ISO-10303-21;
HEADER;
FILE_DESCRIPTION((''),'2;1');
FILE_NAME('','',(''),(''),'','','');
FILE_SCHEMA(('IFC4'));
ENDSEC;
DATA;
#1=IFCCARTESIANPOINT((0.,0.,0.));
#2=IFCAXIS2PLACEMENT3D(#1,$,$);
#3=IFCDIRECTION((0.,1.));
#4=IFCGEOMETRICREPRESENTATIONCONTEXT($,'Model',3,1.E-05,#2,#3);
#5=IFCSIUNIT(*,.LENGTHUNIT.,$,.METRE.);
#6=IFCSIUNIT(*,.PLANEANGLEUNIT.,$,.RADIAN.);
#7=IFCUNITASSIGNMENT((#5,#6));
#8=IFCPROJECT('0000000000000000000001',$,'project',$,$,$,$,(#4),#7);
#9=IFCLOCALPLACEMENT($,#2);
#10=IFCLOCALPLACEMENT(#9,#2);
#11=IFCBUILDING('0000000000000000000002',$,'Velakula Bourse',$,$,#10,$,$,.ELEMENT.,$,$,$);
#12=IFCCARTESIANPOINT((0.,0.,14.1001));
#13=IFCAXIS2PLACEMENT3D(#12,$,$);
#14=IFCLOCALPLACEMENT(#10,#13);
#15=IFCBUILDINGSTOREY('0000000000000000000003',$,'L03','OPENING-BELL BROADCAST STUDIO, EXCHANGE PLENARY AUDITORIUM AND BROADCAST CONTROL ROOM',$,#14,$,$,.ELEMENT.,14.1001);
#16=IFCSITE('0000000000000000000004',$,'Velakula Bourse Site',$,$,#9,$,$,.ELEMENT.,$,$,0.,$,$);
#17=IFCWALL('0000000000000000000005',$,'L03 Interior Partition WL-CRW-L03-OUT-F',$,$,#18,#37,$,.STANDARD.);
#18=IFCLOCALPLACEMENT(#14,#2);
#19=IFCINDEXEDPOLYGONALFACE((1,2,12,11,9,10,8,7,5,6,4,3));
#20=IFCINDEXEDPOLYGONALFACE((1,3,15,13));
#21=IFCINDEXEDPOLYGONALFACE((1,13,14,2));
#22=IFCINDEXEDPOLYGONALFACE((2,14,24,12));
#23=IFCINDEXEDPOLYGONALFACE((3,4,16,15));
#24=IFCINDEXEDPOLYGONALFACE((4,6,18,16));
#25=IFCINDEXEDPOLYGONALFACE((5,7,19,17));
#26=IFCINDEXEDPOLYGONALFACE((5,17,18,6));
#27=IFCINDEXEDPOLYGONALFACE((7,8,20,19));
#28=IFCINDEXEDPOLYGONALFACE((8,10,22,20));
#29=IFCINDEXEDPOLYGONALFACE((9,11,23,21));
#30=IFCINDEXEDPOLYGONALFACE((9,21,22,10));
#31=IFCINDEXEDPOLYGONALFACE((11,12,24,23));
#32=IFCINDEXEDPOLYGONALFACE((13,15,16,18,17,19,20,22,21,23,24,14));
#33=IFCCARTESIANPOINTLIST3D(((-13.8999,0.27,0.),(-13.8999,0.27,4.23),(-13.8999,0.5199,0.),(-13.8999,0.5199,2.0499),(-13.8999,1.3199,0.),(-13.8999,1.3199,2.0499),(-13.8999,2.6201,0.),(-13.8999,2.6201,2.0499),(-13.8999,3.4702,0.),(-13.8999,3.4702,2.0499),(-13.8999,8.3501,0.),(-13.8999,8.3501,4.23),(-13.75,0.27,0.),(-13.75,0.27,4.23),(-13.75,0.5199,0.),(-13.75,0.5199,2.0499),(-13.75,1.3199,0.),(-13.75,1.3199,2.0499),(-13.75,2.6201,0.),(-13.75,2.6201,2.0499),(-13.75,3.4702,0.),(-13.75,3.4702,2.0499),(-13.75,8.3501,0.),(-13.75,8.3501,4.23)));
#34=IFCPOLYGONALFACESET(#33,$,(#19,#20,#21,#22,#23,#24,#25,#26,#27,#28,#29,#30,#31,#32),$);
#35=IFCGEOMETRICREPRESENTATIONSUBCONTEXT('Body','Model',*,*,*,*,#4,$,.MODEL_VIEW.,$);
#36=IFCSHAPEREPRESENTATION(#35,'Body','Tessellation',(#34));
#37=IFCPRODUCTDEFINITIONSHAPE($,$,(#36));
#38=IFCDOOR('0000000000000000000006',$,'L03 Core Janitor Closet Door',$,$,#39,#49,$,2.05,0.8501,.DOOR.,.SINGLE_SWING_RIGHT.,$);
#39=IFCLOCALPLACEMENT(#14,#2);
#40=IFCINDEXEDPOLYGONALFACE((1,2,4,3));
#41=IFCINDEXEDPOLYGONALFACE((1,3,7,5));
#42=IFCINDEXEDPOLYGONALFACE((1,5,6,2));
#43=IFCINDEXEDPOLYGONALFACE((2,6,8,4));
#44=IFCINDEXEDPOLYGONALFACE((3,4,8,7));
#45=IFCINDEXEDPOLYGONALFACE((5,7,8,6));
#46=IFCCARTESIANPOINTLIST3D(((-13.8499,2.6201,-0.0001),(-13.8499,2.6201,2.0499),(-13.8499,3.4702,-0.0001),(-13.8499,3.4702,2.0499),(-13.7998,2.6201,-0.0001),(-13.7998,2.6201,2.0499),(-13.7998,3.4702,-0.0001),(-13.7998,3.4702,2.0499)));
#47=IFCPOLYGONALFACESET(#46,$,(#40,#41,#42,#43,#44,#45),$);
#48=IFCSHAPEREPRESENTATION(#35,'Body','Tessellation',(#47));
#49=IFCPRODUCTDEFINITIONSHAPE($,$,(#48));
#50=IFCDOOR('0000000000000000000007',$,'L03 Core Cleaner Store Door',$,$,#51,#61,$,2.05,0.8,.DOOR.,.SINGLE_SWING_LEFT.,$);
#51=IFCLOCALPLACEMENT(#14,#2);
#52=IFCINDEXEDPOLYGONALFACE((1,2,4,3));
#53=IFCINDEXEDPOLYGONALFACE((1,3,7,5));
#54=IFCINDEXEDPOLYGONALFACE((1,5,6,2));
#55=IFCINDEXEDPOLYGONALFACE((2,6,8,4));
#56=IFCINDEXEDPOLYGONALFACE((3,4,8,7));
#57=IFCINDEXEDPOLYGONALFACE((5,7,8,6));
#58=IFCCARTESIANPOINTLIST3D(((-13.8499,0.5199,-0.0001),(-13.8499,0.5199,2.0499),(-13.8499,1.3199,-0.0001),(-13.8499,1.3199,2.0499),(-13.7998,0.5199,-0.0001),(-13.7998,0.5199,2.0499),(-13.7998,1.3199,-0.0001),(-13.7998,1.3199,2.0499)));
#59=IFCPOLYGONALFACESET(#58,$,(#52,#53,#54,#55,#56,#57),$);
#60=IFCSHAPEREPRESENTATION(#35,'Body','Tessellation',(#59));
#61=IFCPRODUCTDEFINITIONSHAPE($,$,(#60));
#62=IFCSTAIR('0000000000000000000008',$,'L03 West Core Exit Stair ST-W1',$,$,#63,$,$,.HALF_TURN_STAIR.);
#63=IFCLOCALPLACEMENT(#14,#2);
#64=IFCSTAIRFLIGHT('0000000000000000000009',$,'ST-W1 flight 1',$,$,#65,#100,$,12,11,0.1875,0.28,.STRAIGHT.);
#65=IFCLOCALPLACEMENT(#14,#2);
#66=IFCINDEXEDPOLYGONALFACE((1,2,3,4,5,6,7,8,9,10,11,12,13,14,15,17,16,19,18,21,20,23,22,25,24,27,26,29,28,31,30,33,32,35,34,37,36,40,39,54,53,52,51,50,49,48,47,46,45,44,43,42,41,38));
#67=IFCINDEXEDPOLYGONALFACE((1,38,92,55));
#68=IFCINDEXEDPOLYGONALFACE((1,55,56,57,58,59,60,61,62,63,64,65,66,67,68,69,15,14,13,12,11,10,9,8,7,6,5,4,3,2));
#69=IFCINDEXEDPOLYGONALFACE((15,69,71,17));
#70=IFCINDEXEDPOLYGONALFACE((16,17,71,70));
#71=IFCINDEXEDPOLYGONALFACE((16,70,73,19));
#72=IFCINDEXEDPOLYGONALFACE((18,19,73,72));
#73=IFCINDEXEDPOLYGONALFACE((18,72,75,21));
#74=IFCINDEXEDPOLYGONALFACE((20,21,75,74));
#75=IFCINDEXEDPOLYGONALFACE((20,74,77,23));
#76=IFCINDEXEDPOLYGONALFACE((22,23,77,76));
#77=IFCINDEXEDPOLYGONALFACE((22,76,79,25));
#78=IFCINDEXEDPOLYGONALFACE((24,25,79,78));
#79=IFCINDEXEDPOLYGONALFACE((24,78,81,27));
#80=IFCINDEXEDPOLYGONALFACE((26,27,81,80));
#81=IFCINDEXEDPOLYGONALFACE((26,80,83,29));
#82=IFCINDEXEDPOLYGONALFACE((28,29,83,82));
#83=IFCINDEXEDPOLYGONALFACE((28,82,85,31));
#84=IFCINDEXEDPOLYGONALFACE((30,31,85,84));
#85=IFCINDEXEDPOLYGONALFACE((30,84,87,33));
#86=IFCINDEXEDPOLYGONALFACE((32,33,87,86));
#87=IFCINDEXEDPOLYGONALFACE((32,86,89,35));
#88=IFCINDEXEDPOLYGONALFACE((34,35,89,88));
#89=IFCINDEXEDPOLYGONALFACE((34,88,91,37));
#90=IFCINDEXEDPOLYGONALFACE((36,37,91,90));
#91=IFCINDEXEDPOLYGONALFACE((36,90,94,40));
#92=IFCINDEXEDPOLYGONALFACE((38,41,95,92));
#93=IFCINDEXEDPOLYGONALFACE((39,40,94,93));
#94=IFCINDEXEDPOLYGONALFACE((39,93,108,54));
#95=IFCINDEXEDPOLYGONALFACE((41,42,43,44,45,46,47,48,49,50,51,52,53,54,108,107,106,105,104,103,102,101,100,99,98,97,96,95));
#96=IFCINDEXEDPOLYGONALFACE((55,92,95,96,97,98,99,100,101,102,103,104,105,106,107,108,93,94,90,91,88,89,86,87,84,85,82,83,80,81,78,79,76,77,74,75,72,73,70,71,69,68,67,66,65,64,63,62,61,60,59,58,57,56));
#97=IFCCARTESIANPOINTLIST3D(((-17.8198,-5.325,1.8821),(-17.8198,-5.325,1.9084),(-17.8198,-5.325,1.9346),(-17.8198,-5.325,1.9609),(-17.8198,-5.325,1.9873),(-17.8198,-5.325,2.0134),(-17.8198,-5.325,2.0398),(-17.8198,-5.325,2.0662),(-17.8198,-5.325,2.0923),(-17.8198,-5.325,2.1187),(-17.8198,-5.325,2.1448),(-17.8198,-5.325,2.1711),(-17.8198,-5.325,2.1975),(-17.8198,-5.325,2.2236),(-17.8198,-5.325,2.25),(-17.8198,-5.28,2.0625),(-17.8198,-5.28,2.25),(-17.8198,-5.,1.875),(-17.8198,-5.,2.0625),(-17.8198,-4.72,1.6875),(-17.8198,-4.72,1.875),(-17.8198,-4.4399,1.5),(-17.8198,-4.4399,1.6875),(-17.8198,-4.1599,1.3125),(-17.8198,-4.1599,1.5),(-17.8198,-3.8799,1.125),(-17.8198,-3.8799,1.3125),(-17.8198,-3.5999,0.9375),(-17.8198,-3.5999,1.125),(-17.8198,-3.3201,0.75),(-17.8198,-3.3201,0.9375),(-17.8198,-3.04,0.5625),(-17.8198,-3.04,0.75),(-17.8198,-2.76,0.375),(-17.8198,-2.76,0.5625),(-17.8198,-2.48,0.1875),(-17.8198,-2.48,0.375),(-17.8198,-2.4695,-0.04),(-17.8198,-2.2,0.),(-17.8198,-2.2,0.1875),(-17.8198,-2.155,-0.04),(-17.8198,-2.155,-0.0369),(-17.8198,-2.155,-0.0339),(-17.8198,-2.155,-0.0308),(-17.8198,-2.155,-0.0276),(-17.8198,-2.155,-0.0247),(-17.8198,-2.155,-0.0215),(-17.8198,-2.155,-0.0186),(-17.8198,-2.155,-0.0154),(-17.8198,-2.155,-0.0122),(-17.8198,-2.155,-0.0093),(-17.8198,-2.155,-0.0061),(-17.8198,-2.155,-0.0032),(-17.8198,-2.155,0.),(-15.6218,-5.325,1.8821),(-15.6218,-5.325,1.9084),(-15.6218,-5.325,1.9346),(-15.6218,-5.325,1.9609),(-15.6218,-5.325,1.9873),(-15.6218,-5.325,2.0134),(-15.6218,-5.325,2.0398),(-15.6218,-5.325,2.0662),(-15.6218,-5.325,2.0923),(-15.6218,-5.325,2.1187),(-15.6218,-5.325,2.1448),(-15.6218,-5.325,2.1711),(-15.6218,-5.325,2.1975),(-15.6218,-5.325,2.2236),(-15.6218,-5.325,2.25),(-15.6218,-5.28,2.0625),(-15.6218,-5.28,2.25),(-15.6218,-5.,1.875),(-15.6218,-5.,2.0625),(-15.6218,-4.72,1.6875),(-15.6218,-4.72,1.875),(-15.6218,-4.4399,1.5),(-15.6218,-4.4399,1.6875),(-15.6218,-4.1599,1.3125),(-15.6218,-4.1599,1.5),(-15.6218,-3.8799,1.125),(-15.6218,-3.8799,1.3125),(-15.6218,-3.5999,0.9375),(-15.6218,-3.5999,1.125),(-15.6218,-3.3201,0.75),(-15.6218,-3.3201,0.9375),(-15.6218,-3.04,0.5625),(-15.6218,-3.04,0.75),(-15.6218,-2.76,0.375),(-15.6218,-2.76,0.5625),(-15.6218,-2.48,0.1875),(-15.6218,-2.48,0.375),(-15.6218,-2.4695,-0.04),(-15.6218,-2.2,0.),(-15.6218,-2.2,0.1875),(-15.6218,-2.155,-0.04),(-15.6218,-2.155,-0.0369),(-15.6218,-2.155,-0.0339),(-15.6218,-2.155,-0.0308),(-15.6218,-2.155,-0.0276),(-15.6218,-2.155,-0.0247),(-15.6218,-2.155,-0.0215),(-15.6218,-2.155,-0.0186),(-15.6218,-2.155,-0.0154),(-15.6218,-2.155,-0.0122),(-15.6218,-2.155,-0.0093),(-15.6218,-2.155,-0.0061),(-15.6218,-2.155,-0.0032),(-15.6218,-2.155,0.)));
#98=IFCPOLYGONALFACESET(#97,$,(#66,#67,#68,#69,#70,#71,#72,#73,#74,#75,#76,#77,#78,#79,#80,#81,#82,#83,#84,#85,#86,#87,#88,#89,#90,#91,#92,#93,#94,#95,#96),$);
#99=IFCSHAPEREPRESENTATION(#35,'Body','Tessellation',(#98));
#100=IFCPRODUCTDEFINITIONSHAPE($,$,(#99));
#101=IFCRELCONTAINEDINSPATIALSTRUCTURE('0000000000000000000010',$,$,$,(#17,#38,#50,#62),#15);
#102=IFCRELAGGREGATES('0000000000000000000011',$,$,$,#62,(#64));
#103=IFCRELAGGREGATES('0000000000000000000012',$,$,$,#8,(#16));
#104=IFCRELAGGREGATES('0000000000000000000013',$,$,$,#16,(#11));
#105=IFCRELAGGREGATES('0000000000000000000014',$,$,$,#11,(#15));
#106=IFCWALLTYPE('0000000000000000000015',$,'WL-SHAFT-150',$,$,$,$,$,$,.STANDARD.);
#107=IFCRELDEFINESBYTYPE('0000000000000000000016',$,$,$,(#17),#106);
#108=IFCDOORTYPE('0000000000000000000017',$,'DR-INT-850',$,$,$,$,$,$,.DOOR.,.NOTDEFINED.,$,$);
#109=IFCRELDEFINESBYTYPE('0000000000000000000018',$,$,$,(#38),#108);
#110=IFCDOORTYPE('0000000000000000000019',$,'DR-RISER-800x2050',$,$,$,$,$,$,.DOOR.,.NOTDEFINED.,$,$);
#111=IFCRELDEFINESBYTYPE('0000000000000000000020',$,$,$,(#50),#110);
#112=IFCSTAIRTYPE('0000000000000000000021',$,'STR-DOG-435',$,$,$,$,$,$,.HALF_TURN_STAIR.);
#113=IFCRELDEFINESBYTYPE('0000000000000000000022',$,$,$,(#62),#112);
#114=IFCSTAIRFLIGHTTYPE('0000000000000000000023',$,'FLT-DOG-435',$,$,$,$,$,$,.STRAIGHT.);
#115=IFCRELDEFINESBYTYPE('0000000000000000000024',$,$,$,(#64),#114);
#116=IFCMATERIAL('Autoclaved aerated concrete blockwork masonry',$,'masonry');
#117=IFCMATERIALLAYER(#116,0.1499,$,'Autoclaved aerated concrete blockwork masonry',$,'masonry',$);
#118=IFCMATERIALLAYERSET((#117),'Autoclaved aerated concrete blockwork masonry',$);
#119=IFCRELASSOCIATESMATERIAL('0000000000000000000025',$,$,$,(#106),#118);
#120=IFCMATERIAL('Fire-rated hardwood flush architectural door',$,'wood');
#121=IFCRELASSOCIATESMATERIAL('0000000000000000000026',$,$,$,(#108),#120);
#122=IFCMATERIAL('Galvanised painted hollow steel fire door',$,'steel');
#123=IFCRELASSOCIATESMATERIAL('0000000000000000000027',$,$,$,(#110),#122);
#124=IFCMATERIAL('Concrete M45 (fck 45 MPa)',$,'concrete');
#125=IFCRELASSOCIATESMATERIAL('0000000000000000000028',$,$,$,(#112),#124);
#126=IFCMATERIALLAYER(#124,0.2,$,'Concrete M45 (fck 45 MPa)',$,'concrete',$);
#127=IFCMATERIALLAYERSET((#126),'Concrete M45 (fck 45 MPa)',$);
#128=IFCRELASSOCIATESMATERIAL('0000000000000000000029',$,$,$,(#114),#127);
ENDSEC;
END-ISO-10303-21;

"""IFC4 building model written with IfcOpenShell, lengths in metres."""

from ifc_helpers import new_model, si_unit, direction, frame, frame_2d, origin, place, context, subcontext, project, spatial, polyline, rectangle, outline, extrude, material, layer, layer_set, type_object, element, fill, aggregate, save


model = new_model("IFC4")

# Units and contexts
model_context = context("Model", 3, precision=1e-05, world=origin(), true_north=direction((0.0, 1.0)))
body_context = subcontext(model_context, "Body", "Model", "MODEL_VIEW")
ifc_project = project(units=[si_unit("LENGTHUNIT", "METRE"), si_unit("PLANEANGLEUNIT", "RADIAN")], contexts=[model_context])

# Site, building, storey
site_placement = place(None, origin())
site = spatial("IfcSite", under=ifc_project, at=site_placement, Name="Velakula Bourse Site", CompositionType="ELEMENT", RefElevation=0.0)
building_placement = place(site_placement, origin())
building = spatial("IfcBuilding", under=site, at=building_placement, Name="Velakula Bourse", CompositionType="ELEMENT")
storey_placement = place(building_placement, frame((0.0, 0.0, 14.1001)))
storey = spatial("IfcBuildingStorey", under=building, at=storey_placement, Name="L03", Description="OPENING-BELL BROADCAST STUDIO, EXCHANGE PLENARY AUDITORIUM AND BROADCAST CONTROL ROOM", CompositionType="ELEMENT", Elevation=14.1001)

# Shared definitions
ifc_material_1 = material(Name="Autoclaved aerated concrete blockwork masonry", Category="masonry")
ifc_layer_1 = layer(ifc_material_1, 0.1499, Name="Autoclaved aerated concrete blockwork masonry", Category="masonry")
ifc_layer_set_1 = layer_set([ifc_layer_1], Name="Autoclaved aerated concrete blockwork masonry")
wall_type_1 = type_object("IfcWallType", Name="WL-SHAFT-150", PredefinedType="STANDARD", material=ifc_layer_set_1)

# Wall, openings, doors
wall_1_placement = place(storey_placement, frame((-13.825, 0.27, 0.0), z_axis=(0.0, 0.0, 1.0), x_axis=(0.0, 1.0, 0.0)))
wall_1 = element("IfcWall", 1, at=wall_1_placement, inside=storey, type_object=wall_type_1, Name="L03 Interior Partition WL-CRW-L03-OUT-F", PredefinedType="STANDARD", context=body_context, shape_type="SweptSolid", body=[
    extrude(rectangle(XDim=8.0801, YDim=0.1499, at=frame_2d((4.04, 0.0))), origin(), (0.0, 0.0, 1.0), 4.23),
])
opening_1_placement = place(wall_1_placement, frame((0.25, 0.0, 0.0)))
opening_1 = element("IfcOpeningElement", 2, at=opening_1_placement, cuts=wall_1, PredefinedType="OPENING", context=body_context, shape_type="SweptSolid", body=[
    extrude(rectangle(XDim=0.8, YDim=2.05, at=frame_2d((0.3999, 1.0249))), frame((0.0, 0.085, 0.0), z_axis=(0.0, -1.0, 0.0), x_axis=(1.0, 0.0, 0.0)), (0.0, 0.0, 1.0), 0.1699),
])
opening_2_placement = place(wall_1_placement, frame((2.3501, 0.0, 0.0)))
opening_2 = element("IfcOpeningElement", 3, at=opening_2_placement, cuts=wall_1, PredefinedType="OPENING", context=body_context, shape_type="SweptSolid", body=[
    extrude(rectangle(XDim=0.8501, YDim=2.05, at=frame_2d((0.425, 1.0249))), frame((0.0, 0.085, 0.0), z_axis=(0.0, -1.0, 0.0), x_axis=(1.0, 0.0, 0.0)), (0.0, 0.0, 1.0), 0.1699),
])
ifc_material_2 = material(Name="Fire-rated hardwood flush architectural door", Category="wood")
door_type_1 = type_object("IfcDoorType", Name="DR-INT-850", OperationType="NOTDEFINED", PredefinedType="DOOR", material=ifc_material_2)
door_1_placement = place(opening_2_placement, origin())
door_1 = element("IfcDoor", 4, at=door_1_placement, inside=storey, type_object=door_type_1, Name="L03 Core Janitor Closet Door", OperationType="SINGLE_SWING_RIGHT", OverallHeight=2.05, OverallWidth=0.8501, PredefinedType="DOOR", context=body_context, shape_type="SweptSolid", body=[
    extrude(rectangle(XDim=0.8501, YDim=2.05, at=frame_2d((0.425, 1.0249))), frame((0.0, 0.0249, 0.0), z_axis=(0.0, -1.0, 0.0), x_axis=(1.0, 0.0, 0.0)), (0.0, 0.0, 1.0), 0.05),
])
fill(opening_2, door_1)
ifc_material_3 = material(Name="Galvanised painted hollow steel fire door", Category="steel")
door_type_2 = type_object("IfcDoorType", Name="DR-RISER-800x2050", OperationType="NOTDEFINED", PredefinedType="DOOR", material=ifc_material_3)
door_2_placement = place(opening_1_placement, origin())
door_2 = element("IfcDoor", 5, at=door_2_placement, inside=storey, type_object=door_type_2, Name="L03 Core Cleaner Store Door", OperationType="SINGLE_SWING_LEFT", OverallHeight=2.05, OverallWidth=0.8, PredefinedType="DOOR", context=body_context, shape_type="SweptSolid", body=[
    extrude(rectangle(XDim=0.8, YDim=2.05, at=frame_2d((0.3999, 1.0249))), frame((0.0, 0.0249, 0.0), z_axis=(0.0, -1.0, 0.0), x_axis=(1.0, 0.0, 0.0)), (0.0, 0.0, 1.0), 0.05),
])
fill(opening_1, door_2)

# Stair, stair flight
ifc_material_4 = material(Name="Concrete M45 (fck 45 MPa)", Category="concrete")
stair_type = type_object("IfcStairType", Name="STR-DOG-435", PredefinedType="HALF_TURN_STAIR", material=ifc_material_4)
stair_placement = place(storey_placement, origin())
stair = element("IfcStair", 6, at=stair_placement, inside=storey, type_object=stair_type, Name="L03 West Core Exit Stair ST-W1", PredefinedType="HALF_TURN_STAIR")
ifc_layer_2 = layer(ifc_material_4, 0.2, Name="Concrete M45 (fck 45 MPa)", Category="concrete")
ifc_layer_set_2 = layer_set([ifc_layer_2], Name="Concrete M45 (fck 45 MPa)")
stair_flight_type = type_object("IfcStairFlightType", Name="FLT-DOG-435", PredefinedType="STRAIGHT", material=ifc_layer_set_2)
stair_flight_placement = place(storey_placement, frame((-16.7209, -2.2, 0.0), z_axis=(0.0, 0.0, 1.0), x_axis=(0.0, -1.0, 0.0)))
stair_flight = element("IfcStairFlight", 7, at=stair_flight_placement, type_object=stair_flight_type, Name="ST-W1 flight 1", NumberOfRisers=12, NumberOfTreads=11, PredefinedType="STRAIGHT", RiserHeight=0.1875, TreadLength=0.28, context=body_context, shape_type="SweptSolid", body=[
    extrude(outline(polyline([(-0.0449, -0.04), (-0.0449, -0.0369), (-0.0449, -0.0339), (-0.0449, -0.0308), (-0.0449, -0.0276), (-0.0449, -0.0247), (-0.0449, -0.0215), (-0.0449, -0.0186), (-0.0449, -0.0154), (-0.0449, -0.0122), (-0.0449, -0.0093), (-0.0449, -0.0061), (-0.0449, -0.0032), (-0.0449, 0.0), (0.0, 0.0), (0.0, 0.1875), (0.28, 0.1875), (0.28, 0.375), (0.5601, 0.375), (0.5601, 0.5625), (0.8401, 0.5625), (0.8401, 0.75), (1.1201, 0.75), (1.1201, 0.9375), (1.3999, 0.9375), (1.3999, 1.125), (1.6799, 1.125), (1.6799, 1.3125), (1.96, 1.3125), (1.96, 1.5), (2.24, 1.5), (2.24, 1.6875), (2.52, 1.6875), (2.52, 1.875), (2.8, 1.875), (2.8, 2.0625), (3.0801, 2.0625), (3.0801, 2.25), (3.125, 2.25), (3.125, 2.2236), (3.125, 2.1975), (3.125, 2.1711), (3.125, 2.1448), (3.125, 2.1187), (3.125, 2.0923), (3.125, 2.0662), (3.125, 2.0398), (3.125, 2.0134), (3.125, 1.9873), (3.125, 1.9609), (3.125, 1.9346), (3.125, 1.9084), (3.125, 1.8821), (0.2695, -0.04), (-0.0449, -0.04)])), frame((0.0, 1.0991, 0.0), z_axis=(0.0, -1.0, 0.0), x_axis=(1.0, 0.0, 0.0)), (0.0, 0.0, 1.0), 2.198),
])
aggregate(stair, [stair_flight])

save(model, "model.ifc")
